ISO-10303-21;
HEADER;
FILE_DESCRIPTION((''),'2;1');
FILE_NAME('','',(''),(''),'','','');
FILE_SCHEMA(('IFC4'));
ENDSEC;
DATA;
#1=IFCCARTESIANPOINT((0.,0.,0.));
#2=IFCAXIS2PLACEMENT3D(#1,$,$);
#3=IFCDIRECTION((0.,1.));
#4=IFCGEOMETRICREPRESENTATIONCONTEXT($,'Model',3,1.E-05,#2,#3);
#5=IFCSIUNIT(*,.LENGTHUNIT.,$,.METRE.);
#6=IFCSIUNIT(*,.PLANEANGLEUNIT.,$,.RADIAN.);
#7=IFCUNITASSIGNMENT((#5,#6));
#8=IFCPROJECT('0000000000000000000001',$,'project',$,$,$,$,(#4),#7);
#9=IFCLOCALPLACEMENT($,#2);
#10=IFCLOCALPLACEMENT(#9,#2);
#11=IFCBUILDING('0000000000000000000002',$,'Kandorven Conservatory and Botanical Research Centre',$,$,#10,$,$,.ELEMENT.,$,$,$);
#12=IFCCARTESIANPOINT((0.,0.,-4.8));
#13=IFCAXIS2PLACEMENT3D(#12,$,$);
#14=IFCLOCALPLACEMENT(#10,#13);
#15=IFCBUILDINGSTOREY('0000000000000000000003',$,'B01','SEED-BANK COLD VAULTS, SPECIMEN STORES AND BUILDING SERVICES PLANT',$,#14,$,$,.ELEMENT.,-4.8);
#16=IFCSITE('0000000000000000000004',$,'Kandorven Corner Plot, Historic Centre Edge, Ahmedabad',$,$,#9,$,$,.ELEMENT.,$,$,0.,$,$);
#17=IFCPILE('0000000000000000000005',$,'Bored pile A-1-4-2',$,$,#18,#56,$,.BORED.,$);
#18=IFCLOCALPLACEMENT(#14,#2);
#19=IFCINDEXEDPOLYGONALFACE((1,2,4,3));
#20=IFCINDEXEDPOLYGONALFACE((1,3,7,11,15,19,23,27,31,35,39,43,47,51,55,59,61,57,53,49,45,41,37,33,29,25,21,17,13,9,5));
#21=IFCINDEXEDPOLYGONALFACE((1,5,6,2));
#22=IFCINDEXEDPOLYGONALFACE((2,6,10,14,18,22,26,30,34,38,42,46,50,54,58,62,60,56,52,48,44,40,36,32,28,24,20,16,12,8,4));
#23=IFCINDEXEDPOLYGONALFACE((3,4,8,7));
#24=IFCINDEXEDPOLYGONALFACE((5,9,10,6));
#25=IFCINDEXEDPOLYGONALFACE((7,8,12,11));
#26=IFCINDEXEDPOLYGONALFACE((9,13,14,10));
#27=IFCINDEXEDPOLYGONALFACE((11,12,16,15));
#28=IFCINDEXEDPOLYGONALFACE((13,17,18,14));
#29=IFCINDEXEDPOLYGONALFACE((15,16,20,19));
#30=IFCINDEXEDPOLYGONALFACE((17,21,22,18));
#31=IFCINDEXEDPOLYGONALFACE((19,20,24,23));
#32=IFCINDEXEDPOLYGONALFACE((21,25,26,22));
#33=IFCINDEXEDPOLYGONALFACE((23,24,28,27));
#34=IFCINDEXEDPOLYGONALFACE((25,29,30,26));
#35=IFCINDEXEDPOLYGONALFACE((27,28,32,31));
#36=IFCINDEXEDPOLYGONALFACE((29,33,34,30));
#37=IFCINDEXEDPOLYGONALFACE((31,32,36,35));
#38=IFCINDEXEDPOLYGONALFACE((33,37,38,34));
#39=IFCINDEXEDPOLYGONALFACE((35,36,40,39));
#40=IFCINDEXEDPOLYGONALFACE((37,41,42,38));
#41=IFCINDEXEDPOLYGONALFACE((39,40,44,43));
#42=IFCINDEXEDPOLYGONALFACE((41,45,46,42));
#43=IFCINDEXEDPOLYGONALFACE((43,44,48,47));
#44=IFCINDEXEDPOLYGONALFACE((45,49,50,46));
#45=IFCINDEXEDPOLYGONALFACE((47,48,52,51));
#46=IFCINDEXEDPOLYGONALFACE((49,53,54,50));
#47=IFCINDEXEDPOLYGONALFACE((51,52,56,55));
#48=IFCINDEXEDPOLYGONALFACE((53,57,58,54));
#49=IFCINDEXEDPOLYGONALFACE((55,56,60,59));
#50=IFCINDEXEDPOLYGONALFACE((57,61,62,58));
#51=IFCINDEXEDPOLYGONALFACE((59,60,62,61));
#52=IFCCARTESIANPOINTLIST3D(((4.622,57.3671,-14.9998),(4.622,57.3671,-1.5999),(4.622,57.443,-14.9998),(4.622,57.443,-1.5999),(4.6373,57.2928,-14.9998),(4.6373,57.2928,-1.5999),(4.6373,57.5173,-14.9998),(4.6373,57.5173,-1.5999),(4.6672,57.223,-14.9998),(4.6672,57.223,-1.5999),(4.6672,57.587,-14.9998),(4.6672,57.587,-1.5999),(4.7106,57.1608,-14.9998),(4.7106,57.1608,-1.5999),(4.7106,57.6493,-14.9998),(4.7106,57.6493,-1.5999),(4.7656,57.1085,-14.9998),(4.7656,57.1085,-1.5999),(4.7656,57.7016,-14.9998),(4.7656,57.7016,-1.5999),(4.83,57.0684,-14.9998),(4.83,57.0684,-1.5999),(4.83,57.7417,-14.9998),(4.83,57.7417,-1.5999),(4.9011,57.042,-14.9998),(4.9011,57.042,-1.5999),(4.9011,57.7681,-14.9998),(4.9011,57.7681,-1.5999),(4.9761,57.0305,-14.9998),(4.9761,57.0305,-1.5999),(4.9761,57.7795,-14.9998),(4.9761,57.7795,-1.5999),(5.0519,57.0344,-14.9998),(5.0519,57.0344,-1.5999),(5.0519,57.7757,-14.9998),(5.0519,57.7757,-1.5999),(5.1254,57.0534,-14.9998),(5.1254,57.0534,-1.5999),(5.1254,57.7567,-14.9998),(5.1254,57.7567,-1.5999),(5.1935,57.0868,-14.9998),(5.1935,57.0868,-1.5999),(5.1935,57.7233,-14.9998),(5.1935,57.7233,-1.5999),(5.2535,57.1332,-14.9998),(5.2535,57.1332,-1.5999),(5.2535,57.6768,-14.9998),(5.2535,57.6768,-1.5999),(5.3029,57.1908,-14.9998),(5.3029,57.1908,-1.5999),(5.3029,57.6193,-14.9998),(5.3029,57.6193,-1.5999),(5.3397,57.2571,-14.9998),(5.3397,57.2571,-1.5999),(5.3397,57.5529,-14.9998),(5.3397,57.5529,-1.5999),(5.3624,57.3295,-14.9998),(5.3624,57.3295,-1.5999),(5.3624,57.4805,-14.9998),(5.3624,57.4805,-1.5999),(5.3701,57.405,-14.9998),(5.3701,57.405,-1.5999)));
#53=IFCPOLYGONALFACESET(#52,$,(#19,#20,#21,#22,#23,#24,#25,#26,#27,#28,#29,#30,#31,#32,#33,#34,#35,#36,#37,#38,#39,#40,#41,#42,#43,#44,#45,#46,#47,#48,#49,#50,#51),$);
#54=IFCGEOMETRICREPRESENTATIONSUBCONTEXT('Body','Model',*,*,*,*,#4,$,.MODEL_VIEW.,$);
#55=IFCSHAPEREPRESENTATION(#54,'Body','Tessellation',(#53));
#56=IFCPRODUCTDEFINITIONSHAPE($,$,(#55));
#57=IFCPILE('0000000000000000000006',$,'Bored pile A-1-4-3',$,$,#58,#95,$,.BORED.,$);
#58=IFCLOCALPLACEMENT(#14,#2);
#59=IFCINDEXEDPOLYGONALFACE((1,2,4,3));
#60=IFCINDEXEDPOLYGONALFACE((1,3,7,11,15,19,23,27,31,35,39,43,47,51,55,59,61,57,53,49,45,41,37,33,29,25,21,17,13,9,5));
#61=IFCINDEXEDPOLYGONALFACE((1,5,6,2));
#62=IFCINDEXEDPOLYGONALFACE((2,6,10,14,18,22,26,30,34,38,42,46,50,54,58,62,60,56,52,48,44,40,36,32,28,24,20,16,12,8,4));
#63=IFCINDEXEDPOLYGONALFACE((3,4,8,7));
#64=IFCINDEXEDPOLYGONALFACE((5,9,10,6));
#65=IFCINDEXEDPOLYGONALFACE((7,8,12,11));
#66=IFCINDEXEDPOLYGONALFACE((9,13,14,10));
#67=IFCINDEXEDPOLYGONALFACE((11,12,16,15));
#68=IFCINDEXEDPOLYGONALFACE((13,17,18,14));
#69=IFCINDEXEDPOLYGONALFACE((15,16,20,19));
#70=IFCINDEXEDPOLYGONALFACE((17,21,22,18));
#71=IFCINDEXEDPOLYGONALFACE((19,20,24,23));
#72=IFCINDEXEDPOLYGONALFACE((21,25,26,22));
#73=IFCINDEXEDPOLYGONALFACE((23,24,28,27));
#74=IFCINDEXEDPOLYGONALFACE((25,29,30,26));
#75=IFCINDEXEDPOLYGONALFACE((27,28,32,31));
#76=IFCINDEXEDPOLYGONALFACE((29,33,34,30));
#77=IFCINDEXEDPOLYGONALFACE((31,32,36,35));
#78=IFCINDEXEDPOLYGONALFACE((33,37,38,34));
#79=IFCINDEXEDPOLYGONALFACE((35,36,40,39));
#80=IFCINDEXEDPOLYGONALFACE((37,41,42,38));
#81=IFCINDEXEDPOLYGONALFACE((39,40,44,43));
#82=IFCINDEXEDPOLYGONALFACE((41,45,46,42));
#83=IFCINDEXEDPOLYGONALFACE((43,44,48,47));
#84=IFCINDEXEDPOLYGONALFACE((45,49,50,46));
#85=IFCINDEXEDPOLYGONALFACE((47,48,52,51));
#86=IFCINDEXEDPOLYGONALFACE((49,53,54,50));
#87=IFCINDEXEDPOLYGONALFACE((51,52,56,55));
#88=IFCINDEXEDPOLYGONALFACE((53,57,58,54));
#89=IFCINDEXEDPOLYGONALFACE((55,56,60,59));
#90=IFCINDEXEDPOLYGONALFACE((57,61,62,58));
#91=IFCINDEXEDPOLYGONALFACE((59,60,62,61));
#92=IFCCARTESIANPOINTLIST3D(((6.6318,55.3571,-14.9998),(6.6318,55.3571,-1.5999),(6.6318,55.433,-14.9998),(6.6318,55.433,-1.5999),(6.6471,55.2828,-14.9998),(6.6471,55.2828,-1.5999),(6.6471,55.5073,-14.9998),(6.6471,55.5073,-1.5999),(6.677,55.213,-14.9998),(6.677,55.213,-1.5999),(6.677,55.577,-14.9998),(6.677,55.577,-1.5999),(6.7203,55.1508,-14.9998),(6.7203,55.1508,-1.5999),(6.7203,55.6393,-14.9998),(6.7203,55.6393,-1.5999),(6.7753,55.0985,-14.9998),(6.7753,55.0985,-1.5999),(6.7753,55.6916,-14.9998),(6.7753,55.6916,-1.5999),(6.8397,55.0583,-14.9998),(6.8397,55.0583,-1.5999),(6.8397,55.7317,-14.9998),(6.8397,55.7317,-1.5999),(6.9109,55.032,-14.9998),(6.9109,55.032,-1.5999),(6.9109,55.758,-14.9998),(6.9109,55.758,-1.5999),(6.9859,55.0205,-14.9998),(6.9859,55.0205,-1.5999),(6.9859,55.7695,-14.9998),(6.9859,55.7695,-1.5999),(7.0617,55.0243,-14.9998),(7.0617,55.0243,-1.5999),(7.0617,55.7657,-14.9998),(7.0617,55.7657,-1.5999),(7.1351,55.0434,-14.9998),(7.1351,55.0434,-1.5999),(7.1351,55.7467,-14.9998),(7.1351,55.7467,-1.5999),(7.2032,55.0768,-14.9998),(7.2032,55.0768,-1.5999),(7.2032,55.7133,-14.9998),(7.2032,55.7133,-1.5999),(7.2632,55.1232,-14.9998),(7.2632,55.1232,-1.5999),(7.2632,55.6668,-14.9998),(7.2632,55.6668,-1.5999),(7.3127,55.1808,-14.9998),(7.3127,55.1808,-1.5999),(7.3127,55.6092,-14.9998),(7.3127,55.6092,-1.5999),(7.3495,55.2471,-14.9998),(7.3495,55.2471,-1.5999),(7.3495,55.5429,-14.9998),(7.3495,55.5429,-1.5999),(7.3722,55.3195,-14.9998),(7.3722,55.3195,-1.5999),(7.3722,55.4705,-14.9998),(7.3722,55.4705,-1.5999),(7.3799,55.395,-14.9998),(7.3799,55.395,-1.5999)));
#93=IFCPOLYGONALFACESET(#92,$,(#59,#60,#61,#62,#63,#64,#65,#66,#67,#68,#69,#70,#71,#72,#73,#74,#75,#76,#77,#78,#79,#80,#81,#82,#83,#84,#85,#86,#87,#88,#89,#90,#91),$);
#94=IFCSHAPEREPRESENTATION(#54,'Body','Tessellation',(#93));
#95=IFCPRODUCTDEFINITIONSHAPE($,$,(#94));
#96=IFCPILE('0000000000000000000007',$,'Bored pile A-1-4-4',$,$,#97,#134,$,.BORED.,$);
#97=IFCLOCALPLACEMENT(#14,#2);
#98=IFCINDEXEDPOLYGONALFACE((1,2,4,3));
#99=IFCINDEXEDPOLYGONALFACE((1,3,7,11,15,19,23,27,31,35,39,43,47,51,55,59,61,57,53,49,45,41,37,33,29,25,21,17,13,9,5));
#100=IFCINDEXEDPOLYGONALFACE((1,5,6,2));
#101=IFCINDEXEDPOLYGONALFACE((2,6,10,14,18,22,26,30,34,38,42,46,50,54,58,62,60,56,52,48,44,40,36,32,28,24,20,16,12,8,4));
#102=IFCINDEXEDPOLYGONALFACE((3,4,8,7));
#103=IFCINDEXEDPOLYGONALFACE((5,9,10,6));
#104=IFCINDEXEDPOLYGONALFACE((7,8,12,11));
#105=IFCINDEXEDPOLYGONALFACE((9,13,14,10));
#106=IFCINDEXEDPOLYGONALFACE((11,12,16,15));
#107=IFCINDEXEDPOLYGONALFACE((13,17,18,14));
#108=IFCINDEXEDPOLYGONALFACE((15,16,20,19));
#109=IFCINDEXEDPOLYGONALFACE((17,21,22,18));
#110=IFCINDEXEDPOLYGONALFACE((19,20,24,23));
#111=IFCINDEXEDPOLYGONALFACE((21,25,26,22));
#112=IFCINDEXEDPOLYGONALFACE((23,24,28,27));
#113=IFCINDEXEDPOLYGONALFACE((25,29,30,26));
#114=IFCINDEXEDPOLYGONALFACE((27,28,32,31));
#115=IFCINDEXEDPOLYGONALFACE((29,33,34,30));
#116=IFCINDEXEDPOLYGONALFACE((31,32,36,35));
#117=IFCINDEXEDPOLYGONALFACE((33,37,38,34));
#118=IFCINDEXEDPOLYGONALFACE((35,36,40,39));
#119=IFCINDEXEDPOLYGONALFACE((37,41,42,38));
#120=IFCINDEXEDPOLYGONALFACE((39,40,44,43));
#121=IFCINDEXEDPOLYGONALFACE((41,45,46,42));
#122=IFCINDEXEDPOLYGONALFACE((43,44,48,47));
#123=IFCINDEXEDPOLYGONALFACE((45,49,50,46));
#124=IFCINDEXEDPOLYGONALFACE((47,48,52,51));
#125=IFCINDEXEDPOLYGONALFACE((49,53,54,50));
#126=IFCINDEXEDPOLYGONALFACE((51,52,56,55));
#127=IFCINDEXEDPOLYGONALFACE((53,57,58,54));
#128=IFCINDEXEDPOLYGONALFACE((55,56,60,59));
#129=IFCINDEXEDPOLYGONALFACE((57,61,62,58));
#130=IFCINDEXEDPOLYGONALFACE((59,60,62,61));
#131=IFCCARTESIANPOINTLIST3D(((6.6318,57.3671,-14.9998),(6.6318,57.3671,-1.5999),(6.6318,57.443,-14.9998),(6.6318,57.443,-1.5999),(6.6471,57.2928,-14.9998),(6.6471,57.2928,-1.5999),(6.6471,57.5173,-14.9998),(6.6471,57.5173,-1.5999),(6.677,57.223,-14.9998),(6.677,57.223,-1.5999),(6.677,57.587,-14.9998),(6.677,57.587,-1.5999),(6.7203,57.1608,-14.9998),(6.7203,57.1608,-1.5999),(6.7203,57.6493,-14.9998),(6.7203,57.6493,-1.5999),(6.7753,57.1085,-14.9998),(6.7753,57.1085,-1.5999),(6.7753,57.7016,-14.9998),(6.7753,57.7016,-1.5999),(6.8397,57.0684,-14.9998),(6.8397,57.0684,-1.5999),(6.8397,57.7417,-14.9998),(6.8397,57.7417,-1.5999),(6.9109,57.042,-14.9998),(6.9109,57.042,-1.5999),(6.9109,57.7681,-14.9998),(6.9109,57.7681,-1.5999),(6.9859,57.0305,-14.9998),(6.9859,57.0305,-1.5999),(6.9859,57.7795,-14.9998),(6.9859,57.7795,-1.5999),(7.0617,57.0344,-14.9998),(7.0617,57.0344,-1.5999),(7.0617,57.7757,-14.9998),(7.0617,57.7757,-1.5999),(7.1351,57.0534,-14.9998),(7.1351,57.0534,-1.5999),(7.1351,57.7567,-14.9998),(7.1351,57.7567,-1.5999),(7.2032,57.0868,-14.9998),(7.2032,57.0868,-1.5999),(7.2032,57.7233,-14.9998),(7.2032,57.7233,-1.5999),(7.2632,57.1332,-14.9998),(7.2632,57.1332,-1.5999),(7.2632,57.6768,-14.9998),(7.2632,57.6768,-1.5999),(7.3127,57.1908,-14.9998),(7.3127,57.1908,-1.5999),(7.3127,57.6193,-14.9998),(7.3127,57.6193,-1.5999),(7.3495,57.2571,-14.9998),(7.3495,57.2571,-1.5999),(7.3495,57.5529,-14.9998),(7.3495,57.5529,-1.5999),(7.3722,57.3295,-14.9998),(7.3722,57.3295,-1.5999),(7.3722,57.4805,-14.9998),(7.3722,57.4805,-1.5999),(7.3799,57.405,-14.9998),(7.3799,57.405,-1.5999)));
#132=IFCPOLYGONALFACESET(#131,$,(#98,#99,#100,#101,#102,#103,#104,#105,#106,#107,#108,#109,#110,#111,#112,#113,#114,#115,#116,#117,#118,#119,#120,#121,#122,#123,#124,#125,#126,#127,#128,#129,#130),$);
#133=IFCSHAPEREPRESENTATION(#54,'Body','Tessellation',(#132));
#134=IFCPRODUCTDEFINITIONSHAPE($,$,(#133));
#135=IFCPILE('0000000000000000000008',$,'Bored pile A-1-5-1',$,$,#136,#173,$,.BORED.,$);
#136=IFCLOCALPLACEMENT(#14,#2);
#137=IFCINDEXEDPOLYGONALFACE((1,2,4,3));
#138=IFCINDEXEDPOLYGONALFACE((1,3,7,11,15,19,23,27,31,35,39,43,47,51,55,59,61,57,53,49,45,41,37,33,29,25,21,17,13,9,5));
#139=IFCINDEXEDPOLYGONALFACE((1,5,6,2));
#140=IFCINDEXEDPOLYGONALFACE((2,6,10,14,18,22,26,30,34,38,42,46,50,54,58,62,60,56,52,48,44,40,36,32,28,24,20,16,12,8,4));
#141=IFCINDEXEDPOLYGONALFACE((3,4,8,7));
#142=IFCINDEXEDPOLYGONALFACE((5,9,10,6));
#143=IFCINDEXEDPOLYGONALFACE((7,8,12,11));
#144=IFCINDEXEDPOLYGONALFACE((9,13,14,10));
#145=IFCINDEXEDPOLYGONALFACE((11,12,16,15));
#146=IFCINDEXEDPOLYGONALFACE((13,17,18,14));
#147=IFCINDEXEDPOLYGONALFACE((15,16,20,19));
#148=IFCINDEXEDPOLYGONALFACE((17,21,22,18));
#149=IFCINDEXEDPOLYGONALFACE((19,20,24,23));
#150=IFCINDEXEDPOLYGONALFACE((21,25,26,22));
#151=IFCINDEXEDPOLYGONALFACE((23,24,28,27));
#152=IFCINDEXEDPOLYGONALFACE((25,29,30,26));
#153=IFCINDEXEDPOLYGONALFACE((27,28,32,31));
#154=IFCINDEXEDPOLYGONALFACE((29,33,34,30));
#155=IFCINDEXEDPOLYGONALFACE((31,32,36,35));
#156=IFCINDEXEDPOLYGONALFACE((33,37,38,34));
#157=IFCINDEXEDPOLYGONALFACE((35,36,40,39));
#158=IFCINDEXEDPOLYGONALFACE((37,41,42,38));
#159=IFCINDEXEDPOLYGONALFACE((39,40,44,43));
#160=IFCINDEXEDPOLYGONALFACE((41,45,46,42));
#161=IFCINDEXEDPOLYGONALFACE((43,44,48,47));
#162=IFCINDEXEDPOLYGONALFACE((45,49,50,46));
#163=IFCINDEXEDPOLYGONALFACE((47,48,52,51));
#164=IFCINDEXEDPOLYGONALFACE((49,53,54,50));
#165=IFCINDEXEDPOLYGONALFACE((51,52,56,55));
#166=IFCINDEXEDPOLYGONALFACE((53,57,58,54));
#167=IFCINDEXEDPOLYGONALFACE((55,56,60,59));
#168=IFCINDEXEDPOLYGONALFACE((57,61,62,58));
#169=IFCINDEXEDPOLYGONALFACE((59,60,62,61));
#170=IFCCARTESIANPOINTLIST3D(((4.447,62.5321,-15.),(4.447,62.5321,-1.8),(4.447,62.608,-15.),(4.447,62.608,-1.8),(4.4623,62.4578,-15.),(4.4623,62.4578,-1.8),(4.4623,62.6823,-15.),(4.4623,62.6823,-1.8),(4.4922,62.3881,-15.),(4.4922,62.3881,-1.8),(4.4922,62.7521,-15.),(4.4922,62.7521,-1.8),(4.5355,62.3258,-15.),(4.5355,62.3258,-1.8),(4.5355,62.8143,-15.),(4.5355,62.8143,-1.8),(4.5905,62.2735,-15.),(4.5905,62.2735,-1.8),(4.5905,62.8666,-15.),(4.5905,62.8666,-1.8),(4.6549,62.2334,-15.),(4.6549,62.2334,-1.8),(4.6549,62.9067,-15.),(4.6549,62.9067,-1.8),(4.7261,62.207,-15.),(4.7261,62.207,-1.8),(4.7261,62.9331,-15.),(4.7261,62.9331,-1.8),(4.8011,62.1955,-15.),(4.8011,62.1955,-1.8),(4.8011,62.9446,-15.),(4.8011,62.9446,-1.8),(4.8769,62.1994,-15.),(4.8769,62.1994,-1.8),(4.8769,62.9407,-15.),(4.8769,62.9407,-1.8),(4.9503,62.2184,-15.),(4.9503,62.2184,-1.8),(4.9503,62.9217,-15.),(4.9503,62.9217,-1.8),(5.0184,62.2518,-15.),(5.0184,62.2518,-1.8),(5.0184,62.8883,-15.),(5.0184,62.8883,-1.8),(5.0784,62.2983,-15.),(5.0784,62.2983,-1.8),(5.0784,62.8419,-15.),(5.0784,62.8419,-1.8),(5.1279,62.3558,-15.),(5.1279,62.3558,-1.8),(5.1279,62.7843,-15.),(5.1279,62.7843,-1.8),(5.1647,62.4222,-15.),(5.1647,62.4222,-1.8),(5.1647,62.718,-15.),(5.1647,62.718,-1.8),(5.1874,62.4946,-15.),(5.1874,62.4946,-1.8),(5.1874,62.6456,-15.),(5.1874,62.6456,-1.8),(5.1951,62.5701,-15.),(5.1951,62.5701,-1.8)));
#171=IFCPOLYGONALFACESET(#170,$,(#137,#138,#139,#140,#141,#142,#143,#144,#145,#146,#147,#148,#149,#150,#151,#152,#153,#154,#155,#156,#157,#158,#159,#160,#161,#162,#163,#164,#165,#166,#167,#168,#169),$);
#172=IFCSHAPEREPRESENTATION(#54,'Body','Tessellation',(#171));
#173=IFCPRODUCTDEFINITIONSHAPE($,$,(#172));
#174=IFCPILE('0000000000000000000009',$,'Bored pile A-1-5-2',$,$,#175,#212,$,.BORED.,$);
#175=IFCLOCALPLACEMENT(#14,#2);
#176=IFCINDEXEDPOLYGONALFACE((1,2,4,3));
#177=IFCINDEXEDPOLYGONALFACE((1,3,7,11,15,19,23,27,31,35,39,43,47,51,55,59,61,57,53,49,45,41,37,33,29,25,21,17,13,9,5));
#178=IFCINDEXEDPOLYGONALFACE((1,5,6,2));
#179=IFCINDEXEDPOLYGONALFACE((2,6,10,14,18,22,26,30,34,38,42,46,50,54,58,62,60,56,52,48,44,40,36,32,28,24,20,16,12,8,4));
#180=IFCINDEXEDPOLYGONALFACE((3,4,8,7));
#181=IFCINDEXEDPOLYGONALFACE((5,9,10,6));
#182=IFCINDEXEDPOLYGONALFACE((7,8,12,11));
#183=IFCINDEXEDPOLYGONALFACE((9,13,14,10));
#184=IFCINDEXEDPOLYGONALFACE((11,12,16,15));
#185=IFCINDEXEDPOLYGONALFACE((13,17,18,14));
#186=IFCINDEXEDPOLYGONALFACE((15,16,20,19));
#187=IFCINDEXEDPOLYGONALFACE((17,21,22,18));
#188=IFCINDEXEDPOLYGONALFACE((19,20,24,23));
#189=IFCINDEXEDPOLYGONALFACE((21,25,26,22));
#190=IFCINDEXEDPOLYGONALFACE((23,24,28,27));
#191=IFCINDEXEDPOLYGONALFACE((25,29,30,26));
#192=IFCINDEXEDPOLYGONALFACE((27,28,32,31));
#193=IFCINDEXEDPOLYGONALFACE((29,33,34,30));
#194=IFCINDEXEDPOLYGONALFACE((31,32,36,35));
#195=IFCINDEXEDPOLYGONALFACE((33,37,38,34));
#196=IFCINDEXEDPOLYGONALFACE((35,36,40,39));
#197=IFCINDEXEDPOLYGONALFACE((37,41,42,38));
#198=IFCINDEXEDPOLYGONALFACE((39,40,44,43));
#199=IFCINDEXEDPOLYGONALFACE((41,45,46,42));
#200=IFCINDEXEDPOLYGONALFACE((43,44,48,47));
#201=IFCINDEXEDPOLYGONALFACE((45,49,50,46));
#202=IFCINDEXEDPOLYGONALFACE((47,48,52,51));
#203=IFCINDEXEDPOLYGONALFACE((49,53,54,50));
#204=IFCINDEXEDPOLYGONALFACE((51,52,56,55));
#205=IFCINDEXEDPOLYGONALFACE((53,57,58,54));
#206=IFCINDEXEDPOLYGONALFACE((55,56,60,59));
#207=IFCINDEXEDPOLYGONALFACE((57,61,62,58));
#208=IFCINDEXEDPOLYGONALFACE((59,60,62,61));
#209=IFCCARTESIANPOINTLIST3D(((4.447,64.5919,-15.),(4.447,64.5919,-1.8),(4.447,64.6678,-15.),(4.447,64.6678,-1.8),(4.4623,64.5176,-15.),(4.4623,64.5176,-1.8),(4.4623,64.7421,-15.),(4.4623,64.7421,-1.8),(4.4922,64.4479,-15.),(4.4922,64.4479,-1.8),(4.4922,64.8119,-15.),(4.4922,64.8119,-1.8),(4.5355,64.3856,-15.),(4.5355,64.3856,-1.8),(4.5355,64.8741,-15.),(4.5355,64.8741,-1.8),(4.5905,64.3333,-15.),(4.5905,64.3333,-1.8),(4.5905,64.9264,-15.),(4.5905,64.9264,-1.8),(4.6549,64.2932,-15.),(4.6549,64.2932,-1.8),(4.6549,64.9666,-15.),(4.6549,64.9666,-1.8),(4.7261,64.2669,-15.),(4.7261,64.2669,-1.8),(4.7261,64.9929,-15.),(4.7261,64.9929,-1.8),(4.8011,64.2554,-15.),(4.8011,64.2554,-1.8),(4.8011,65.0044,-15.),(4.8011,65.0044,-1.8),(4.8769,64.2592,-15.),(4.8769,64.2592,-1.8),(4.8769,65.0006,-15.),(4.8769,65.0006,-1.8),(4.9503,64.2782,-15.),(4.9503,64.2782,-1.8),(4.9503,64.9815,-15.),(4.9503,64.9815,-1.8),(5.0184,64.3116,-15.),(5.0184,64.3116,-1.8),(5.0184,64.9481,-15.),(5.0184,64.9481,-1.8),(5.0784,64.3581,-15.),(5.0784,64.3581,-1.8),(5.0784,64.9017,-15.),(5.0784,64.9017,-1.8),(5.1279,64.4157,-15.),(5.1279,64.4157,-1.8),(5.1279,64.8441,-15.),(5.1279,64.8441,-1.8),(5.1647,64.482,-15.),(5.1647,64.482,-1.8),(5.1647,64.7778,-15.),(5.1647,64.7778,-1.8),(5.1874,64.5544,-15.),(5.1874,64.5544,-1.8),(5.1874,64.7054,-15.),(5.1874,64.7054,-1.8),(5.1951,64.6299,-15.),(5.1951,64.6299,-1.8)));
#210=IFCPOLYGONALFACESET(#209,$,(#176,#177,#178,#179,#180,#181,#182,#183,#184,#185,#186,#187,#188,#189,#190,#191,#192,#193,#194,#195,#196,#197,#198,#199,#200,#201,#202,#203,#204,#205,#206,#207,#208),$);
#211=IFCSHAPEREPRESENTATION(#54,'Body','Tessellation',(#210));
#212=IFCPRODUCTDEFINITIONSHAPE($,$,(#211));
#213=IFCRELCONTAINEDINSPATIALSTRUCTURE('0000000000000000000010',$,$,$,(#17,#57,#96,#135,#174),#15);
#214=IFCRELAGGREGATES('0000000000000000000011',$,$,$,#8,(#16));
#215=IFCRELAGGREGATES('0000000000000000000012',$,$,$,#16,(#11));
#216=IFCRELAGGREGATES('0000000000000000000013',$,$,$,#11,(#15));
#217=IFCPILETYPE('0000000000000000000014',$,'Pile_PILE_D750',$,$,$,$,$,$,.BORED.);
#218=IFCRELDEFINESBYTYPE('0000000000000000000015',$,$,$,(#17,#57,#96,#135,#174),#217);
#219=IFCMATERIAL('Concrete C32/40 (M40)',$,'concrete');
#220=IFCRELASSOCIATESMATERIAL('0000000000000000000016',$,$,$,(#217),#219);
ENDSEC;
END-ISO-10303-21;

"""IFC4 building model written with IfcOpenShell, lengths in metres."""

from ifc_helpers import new_model, si_unit, direction, frame, origin, origin_2d, place, context, subcontext, project, spatial, circle, extrude, material, material_profile, profile_set, type_object, element, save


model = new_model("IFC4")

# Units and contexts
model_context = context("Model", 3, precision=1e-05, world=origin(), true_north=direction((0.0, 1.0)))
body_context = subcontext(model_context, "Body", "Model", "MODEL_VIEW")
ifc_project = project(units=[si_unit("LENGTHUNIT", "METRE"), si_unit("PLANEANGLEUNIT", "RADIAN")], contexts=[model_context])

# Site, building, storey
site_placement = place(None, origin())
site = spatial("IfcSite", under=ifc_project, at=site_placement, Name="Kandorven Corner Plot, Historic Centre Edge, Ahmedabad", CompositionType="ELEMENT", RefElevation=0.0)
building_placement = place(site_placement, origin())
building = spatial("IfcBuilding", under=site, at=building_placement, Name="Kandorven Conservatory and Botanical Research Centre", CompositionType="ELEMENT")
storey_placement = place(building_placement, frame((0.0, 0.0, -4.8)))
storey = spatial("IfcBuildingStorey", under=building, at=storey_placement, Name="B01", Description="SEED-BANK COLD VAULTS, SPECIMEN STORES AND BUILDING SERVICES PLANT", CompositionType="ELEMENT", Elevation=-4.8)

# Piles
ifc_material_1 = material(Name="Concrete C32/40 (M40)", Category="concrete")
ifc_material_profile_1 = material_profile(ifc_material_1, circle(Radius=0.375, at=origin_2d()))
ifc_profile_set_1 = profile_set([ifc_material_profile_1], Name="Concrete C32/40 (M40)")
pile_type = type_object("IfcPileType", Name="Pile_PILE_D750", PredefinedType="BORED", material=ifc_profile_set_1)
for number, where, z_axis, x_axis, name in (
    (1, (4.9951, 57.405, -1.5999), (0.0, 0.0, -1.0), (1.0, 0.0, 0.0), "Bored pile A-1-4-2"),
    (2, (7.0049, 55.395, -1.5999), (0.0, 0.0, -1.0), (1.0, 0.0, 0.0), "Bored pile A-1-4-3"),
    (3, (7.0049, 57.405, -1.5999), (0.0, 0.0, -1.0), (1.0, 0.0, 0.0), "Bored pile A-1-4-4"),
):
    element("IfcPile", number, at=place(storey_placement, frame(where, z_axis=z_axis, x_axis=x_axis)), inside=storey, type_object=pile_type, Name=name, PredefinedType="BORED", context=body_context, shape_type="SweptSolid", body=[
        extrude(circle(Radius=0.375, at=origin_2d()), origin(), (0.0, 0.0, 1.0), 13.3999),
    ])
for number, where, z_axis, x_axis, name in (
    (4, (4.8201, 62.5701, -1.8), (0.0, 0.0, -1.0), (1.0, 0.0, 0.0), "Bored pile A-1-5-1"),
    (5, (4.8201, 64.6299, -1.8), (0.0, 0.0, -1.0), (1.0, 0.0, 0.0), "Bored pile A-1-5-2"),
):
    element("IfcPile", number, at=place(storey_placement, frame(where, z_axis=z_axis, x_axis=x_axis)), inside=storey, type_object=pile_type, Name=name, PredefinedType="BORED", context=body_context, shape_type="SweptSolid", body=[
        extrude(circle(Radius=0.375, at=origin_2d()), origin(), (0.0, 0.0, 1.0), 13.2),
    ])

save(model, "model.ifc")
